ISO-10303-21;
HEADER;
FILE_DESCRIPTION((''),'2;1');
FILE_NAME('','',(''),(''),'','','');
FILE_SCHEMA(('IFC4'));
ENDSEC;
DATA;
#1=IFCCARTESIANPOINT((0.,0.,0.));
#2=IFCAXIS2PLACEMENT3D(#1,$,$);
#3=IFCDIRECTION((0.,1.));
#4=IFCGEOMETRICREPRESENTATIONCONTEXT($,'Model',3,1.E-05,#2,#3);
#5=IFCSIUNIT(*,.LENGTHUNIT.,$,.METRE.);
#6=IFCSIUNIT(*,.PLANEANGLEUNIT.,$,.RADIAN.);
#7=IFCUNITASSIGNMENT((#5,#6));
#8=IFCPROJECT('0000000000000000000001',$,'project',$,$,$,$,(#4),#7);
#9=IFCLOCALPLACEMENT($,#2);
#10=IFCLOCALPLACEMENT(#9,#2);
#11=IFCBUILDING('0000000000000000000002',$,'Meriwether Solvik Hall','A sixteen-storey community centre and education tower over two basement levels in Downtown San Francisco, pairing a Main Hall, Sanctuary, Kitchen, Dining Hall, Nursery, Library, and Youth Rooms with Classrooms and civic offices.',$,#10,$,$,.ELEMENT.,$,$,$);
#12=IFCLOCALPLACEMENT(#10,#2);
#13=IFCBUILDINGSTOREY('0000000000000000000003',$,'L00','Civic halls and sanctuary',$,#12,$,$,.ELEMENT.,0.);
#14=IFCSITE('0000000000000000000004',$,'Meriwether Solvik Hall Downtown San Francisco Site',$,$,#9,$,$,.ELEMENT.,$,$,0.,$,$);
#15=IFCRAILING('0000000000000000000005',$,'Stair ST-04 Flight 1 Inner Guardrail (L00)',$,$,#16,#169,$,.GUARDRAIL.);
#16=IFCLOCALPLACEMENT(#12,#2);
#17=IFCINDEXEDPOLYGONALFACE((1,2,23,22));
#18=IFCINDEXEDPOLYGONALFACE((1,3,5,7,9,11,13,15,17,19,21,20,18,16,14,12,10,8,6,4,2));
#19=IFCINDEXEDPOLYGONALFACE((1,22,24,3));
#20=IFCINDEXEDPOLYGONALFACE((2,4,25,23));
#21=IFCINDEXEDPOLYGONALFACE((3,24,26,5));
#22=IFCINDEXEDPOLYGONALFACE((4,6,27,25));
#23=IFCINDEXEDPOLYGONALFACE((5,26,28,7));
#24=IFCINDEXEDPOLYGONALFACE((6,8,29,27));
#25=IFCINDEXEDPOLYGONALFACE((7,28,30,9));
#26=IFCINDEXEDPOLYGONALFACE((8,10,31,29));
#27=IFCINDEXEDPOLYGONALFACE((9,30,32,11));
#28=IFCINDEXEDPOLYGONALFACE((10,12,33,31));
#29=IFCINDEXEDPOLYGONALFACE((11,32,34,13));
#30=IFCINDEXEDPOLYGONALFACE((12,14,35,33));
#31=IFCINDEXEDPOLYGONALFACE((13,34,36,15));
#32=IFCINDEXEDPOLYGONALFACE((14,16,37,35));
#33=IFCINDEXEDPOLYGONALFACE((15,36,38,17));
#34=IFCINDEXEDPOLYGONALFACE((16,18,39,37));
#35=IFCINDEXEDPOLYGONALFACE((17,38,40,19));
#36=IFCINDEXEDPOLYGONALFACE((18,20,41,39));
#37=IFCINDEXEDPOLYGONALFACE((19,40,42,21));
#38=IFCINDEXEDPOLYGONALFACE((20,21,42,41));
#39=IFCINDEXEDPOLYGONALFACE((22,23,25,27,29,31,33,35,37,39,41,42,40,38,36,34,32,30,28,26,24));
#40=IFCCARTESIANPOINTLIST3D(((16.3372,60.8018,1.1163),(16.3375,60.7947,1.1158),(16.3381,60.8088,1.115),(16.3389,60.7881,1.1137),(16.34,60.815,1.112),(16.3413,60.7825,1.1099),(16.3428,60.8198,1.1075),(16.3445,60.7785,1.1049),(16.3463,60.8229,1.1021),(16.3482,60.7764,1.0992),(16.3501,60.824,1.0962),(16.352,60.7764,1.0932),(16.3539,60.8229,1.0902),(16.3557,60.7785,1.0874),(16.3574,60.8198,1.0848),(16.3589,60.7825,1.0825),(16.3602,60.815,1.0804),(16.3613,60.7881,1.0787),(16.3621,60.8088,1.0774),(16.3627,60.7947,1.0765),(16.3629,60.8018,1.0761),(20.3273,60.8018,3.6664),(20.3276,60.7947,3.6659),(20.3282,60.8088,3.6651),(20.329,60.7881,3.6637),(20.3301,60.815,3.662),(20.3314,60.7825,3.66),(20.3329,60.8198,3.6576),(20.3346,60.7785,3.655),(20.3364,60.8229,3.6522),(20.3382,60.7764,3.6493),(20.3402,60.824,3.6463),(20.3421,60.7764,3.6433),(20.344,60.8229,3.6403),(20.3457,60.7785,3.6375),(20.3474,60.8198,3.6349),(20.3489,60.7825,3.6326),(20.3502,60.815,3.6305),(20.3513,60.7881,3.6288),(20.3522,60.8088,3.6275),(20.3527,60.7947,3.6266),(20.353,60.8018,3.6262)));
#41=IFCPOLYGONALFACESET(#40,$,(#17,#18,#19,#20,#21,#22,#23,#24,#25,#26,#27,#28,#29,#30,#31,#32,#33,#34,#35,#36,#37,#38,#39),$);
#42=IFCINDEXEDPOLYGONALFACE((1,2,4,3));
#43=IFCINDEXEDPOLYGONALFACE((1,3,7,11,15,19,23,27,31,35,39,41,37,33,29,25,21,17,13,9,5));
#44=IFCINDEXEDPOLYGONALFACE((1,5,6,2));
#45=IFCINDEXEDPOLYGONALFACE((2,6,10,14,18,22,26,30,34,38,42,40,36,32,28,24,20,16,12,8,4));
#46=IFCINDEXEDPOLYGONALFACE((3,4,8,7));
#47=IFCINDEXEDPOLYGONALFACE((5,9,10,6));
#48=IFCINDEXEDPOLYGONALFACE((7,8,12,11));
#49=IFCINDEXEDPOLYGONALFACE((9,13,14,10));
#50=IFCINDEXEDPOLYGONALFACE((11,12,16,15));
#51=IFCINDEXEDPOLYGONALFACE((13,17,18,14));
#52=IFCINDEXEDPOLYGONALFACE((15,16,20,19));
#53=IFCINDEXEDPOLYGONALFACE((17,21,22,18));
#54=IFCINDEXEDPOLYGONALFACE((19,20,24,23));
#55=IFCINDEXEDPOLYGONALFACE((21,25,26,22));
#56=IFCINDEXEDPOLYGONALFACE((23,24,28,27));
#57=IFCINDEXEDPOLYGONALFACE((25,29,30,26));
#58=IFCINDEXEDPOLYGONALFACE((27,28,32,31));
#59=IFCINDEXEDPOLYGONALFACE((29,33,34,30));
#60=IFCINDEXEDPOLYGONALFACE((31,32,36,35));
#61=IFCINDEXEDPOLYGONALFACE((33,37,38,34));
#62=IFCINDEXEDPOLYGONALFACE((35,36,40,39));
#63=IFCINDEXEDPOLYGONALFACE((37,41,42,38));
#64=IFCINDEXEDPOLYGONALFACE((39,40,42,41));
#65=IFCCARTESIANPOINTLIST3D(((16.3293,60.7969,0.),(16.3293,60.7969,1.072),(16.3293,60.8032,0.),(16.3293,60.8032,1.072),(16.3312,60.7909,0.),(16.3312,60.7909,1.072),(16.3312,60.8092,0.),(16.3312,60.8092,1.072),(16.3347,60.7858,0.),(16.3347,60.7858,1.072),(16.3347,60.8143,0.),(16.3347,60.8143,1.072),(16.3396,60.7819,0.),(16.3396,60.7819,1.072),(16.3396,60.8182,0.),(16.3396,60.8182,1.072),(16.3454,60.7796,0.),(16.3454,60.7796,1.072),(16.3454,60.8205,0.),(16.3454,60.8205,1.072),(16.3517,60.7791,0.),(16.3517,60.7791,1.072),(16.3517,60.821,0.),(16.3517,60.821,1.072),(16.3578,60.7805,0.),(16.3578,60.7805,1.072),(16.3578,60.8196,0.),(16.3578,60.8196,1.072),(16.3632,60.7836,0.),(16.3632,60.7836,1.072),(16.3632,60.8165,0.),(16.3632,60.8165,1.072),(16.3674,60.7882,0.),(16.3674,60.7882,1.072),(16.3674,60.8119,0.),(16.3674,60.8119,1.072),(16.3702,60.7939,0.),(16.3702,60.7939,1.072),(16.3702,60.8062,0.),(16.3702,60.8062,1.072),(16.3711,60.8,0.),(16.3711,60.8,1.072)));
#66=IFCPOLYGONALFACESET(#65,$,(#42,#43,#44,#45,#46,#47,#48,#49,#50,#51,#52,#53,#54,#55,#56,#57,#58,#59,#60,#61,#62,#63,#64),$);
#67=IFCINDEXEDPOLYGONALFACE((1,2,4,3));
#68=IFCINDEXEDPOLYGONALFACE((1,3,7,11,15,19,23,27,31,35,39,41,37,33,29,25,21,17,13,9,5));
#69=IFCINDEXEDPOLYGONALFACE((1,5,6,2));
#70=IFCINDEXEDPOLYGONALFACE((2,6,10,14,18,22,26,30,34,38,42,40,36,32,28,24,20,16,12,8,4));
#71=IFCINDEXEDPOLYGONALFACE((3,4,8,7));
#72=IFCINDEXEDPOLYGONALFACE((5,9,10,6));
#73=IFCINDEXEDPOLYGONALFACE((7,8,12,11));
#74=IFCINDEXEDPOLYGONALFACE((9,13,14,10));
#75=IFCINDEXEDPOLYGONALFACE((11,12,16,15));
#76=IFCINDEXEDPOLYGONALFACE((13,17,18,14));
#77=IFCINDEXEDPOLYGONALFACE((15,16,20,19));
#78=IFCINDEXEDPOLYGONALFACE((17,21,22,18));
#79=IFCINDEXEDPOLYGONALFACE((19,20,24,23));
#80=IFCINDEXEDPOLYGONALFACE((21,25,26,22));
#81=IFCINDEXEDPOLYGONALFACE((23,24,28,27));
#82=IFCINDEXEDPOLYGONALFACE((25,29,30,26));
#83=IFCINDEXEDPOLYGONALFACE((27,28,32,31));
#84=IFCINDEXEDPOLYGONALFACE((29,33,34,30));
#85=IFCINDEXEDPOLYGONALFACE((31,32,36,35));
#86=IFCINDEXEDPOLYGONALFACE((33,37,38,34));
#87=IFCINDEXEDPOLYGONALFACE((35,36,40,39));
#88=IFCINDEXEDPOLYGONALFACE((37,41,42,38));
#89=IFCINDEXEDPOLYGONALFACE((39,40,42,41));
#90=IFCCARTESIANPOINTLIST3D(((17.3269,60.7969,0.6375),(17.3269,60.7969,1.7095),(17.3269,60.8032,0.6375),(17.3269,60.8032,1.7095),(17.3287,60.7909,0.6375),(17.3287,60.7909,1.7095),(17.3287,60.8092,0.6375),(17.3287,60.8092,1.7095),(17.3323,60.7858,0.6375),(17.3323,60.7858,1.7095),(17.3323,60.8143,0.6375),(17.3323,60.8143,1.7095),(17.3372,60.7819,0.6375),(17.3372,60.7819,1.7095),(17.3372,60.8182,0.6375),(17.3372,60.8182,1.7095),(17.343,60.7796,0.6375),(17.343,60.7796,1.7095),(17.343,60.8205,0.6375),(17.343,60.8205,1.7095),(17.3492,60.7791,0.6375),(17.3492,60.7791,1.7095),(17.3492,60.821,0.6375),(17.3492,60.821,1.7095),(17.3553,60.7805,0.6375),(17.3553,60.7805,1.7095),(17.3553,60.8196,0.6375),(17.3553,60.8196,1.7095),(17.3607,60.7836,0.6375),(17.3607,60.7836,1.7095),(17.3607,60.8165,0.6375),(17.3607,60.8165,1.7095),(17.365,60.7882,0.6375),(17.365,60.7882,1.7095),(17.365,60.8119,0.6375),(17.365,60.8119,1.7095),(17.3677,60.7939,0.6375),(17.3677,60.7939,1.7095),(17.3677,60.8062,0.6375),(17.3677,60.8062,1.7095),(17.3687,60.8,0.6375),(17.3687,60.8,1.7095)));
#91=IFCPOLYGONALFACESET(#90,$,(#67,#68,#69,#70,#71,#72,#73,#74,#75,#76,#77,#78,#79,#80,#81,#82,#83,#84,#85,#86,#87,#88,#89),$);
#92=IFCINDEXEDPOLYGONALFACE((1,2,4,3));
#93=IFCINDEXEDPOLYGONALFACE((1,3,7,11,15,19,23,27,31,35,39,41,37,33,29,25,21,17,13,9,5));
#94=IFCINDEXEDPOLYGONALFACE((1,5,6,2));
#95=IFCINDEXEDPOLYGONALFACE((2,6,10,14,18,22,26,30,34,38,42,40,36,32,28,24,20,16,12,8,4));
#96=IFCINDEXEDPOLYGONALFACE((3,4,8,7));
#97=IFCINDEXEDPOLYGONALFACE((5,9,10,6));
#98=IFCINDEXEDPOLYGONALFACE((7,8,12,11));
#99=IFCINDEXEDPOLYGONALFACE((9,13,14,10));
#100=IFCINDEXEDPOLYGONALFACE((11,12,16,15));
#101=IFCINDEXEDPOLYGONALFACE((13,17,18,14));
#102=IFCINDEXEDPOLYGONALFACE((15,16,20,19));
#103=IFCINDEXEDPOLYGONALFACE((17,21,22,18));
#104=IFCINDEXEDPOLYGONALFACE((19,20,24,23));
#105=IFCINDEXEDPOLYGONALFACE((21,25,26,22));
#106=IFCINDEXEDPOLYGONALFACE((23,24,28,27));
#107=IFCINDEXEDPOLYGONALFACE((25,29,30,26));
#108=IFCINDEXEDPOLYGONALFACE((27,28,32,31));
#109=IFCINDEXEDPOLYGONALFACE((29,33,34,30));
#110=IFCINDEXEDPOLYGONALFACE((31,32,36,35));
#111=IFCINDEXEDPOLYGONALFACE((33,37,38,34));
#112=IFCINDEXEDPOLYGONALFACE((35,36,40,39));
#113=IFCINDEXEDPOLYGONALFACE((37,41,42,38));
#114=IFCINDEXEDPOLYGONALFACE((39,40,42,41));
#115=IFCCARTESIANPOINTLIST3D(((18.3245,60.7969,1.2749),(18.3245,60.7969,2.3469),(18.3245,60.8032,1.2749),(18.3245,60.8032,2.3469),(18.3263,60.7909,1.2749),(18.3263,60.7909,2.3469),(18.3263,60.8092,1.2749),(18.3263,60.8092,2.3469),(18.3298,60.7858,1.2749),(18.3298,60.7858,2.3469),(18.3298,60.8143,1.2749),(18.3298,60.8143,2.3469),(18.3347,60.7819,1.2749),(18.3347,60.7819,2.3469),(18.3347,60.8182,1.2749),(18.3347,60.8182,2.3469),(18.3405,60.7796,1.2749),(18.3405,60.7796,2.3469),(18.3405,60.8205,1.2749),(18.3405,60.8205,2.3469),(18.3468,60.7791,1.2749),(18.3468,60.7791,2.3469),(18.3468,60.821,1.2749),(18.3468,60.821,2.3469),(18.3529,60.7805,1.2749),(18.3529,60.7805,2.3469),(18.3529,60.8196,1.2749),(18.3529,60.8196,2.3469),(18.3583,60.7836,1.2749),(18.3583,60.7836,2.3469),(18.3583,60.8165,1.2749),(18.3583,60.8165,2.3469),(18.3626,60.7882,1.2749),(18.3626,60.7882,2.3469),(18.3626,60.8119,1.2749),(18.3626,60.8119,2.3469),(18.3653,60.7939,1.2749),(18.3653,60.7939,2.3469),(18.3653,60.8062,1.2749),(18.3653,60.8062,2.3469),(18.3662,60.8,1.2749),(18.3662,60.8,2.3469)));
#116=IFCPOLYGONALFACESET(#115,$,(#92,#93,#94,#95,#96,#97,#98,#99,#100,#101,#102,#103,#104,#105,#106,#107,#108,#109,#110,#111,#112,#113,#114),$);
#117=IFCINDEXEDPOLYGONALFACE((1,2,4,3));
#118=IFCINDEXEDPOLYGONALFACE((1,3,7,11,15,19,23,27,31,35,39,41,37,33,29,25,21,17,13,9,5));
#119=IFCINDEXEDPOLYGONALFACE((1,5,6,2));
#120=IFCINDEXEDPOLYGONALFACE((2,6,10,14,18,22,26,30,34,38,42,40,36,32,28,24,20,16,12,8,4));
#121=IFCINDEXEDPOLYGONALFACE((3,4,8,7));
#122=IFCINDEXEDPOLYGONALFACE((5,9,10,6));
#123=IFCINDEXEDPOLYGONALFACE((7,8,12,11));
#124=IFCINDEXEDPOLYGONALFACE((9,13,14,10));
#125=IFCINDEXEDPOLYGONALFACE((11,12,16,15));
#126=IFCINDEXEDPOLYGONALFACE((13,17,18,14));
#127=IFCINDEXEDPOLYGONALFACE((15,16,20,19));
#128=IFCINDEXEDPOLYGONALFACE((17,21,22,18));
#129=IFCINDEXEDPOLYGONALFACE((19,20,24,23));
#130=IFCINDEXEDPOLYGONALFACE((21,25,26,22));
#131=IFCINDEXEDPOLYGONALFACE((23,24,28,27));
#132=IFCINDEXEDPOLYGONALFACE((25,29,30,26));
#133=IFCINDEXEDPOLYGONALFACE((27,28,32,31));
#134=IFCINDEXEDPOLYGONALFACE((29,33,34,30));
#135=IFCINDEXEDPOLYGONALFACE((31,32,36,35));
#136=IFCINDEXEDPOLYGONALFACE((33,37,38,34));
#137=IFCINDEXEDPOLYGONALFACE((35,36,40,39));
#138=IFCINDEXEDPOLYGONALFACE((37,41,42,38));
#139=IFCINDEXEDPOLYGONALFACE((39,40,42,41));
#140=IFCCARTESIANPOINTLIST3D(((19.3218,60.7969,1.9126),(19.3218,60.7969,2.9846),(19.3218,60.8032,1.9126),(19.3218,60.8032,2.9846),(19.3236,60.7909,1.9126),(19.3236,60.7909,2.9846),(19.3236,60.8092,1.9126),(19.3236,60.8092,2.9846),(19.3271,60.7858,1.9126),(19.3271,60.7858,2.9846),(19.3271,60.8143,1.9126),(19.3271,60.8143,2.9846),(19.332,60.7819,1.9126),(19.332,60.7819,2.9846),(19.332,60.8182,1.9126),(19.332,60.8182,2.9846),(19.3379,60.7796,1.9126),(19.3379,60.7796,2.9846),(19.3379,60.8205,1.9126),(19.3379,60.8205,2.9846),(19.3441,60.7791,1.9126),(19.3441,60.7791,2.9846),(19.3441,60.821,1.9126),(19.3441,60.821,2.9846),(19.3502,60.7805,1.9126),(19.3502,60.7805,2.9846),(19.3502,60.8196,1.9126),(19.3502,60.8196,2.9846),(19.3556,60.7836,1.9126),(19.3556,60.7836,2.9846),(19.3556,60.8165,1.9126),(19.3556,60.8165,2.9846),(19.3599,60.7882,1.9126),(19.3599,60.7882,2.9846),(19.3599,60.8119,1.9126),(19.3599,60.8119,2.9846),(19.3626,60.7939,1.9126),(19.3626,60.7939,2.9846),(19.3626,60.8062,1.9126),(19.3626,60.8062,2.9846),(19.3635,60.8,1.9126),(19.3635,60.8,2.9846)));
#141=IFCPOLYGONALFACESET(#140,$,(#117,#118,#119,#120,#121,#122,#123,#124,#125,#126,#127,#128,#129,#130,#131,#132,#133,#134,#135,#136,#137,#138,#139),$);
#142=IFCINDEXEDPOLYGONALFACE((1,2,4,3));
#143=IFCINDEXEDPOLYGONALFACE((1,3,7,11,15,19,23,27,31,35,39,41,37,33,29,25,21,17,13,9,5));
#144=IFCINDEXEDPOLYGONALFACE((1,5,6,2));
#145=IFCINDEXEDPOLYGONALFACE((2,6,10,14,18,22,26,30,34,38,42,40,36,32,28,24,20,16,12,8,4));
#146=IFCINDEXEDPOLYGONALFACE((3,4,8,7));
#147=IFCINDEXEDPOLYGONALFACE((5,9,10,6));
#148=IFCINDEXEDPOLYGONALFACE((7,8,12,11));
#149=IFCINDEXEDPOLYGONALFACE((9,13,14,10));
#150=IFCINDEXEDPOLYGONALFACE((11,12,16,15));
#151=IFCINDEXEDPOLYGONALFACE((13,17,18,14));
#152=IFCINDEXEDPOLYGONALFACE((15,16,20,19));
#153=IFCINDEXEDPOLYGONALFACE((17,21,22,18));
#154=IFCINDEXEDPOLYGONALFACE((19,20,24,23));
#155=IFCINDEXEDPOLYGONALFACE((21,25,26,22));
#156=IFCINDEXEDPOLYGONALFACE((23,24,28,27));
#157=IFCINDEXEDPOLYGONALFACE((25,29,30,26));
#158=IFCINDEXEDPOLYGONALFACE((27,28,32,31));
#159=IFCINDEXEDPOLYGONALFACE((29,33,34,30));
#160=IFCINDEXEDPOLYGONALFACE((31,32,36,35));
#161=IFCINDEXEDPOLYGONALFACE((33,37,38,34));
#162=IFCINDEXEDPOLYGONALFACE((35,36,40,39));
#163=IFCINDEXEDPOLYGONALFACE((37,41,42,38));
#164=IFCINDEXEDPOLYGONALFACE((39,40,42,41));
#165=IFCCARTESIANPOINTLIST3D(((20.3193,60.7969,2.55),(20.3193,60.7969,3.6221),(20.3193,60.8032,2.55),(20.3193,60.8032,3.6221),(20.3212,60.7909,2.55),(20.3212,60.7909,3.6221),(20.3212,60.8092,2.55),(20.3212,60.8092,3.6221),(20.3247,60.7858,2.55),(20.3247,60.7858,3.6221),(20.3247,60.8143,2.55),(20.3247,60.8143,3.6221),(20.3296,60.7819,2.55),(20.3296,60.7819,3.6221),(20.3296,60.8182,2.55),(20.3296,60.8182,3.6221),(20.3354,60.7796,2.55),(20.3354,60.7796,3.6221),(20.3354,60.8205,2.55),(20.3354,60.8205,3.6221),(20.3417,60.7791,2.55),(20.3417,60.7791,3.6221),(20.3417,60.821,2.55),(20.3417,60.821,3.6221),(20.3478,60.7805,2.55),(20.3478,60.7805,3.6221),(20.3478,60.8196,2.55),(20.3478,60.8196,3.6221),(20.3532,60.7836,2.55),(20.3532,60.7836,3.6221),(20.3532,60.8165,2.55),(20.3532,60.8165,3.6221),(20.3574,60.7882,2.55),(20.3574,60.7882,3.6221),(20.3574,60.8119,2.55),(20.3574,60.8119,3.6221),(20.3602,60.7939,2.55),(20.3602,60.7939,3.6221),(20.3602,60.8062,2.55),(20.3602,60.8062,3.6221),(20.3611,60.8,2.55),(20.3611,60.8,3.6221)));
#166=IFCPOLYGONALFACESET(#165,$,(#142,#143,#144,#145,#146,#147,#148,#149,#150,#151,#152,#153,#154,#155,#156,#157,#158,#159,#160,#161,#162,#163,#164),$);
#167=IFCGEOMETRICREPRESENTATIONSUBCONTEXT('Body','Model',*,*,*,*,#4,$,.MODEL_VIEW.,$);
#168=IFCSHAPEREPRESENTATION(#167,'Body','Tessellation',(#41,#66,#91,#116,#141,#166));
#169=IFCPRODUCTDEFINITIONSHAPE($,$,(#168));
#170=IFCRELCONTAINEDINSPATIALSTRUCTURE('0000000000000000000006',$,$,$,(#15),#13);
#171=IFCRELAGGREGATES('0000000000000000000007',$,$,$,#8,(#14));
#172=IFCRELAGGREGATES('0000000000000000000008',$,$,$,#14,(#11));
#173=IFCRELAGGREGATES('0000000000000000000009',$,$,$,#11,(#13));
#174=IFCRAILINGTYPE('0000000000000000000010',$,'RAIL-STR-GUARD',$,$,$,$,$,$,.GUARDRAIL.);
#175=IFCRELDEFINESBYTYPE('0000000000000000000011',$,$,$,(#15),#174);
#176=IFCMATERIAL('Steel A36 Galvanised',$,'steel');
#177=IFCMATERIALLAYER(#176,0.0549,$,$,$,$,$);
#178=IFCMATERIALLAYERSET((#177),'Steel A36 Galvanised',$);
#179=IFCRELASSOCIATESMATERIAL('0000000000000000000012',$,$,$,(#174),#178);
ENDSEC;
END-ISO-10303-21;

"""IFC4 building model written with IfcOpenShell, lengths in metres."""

from ifc_helpers import new_model, si_unit, direction, frame, origin, origin_2d, place, context, subcontext, project, spatial, circle, extrude, material, layer, layer_set, type_object, element, save


model = new_model("IFC4")

# Units and contexts
model_context = context("Model", 3, precision=1e-05, world=origin(), true_north=direction((0.0, 1.0)))
body_context = subcontext(model_context, "Body", "Model", "MODEL_VIEW")
ifc_project = project(units=[si_unit("LENGTHUNIT", "METRE"), si_unit("PLANEANGLEUNIT", "RADIAN")], contexts=[model_context])

# Site, building, storey
site_placement = place(None, origin())
site = spatial("IfcSite", under=ifc_project, at=site_placement, Name="Meriwether Solvik Hall Downtown San Francisco Site", CompositionType="ELEMENT", RefElevation=0.0)
building_placement = place(site_placement, origin())
building = spatial("IfcBuilding", under=site, at=building_placement, Name="Meriwether Solvik Hall", Description="A sixteen-storey community centre and education tower over two basement levels in Downtown San Francisco, pairing a Main Hall, Sanctuary, Kitchen, Dining Hall, Nursery, Library, and Youth Rooms with Classrooms and civic offices.", CompositionType="ELEMENT")
storey_placement = place(building_placement, origin())
storey = spatial("IfcBuildingStorey", under=building, at=storey_placement, Name="L00", Description="Civic halls and sanctuary", CompositionType="ELEMENT", Elevation=0.0)

# Railing
ifc_material_1 = material(Name="Steel A36 Galvanised", Category="steel")
ifc_layer_1 = layer(ifc_material_1, 0.0549)
ifc_layer_set_1 = layer_set([ifc_layer_1], Name="Steel A36 Galvanised")
railing_type_1 = type_object("IfcRailingType", Name="RAIL-STR-GUARD", PredefinedType="GUARDRAIL", material=ifc_layer_set_1)
railing_1_placement = place(storey_placement, frame((16.3501, 60.8, 0.0)))
element("IfcRailing", 1, at=railing_1_placement, inside=storey, type_object=railing_type_1, Name="Stair ST-04 Flight 1 Inner Guardrail (L00)", PredefinedType="GUARDRAIL", context=body_context, shape_type="SweptSolid", body=[
    extrude(circle(Radius=0.0239, at=origin_2d()), frame((0.0, 0.0, 1.0962), z_axis=(0.842611, 0.0, 0.538523), x_axis=(0.0, 1.0, 0.0)), (0.0, 0.0, 1.0), 4.7354),
    extrude(circle(Radius=0.021, at=origin_2d()), origin(), (0.0, 0.0, 1.0), 1.072),
    extrude(circle(Radius=0.021, at=origin_2d()), frame((0.9976, 0.0, 0.6375)), (0.0, 0.0, 1.0), 1.072),
    extrude(circle(Radius=0.021, at=origin_2d()), frame((1.9951, 0.0, 1.2749)), (0.0, 0.0, 1.0), 1.072),
    extrude(circle(Radius=0.021, at=origin_2d()), frame((2.9924, 0.0, 1.9126)), (0.0, 0.0, 1.0), 1.072),
    extrude(circle(Radius=0.021, at=origin_2d()), frame((3.99, 0.0, 2.55)), (0.0, 0.0, 1.0), 1.072),
])

save(model, "model.ifc")
